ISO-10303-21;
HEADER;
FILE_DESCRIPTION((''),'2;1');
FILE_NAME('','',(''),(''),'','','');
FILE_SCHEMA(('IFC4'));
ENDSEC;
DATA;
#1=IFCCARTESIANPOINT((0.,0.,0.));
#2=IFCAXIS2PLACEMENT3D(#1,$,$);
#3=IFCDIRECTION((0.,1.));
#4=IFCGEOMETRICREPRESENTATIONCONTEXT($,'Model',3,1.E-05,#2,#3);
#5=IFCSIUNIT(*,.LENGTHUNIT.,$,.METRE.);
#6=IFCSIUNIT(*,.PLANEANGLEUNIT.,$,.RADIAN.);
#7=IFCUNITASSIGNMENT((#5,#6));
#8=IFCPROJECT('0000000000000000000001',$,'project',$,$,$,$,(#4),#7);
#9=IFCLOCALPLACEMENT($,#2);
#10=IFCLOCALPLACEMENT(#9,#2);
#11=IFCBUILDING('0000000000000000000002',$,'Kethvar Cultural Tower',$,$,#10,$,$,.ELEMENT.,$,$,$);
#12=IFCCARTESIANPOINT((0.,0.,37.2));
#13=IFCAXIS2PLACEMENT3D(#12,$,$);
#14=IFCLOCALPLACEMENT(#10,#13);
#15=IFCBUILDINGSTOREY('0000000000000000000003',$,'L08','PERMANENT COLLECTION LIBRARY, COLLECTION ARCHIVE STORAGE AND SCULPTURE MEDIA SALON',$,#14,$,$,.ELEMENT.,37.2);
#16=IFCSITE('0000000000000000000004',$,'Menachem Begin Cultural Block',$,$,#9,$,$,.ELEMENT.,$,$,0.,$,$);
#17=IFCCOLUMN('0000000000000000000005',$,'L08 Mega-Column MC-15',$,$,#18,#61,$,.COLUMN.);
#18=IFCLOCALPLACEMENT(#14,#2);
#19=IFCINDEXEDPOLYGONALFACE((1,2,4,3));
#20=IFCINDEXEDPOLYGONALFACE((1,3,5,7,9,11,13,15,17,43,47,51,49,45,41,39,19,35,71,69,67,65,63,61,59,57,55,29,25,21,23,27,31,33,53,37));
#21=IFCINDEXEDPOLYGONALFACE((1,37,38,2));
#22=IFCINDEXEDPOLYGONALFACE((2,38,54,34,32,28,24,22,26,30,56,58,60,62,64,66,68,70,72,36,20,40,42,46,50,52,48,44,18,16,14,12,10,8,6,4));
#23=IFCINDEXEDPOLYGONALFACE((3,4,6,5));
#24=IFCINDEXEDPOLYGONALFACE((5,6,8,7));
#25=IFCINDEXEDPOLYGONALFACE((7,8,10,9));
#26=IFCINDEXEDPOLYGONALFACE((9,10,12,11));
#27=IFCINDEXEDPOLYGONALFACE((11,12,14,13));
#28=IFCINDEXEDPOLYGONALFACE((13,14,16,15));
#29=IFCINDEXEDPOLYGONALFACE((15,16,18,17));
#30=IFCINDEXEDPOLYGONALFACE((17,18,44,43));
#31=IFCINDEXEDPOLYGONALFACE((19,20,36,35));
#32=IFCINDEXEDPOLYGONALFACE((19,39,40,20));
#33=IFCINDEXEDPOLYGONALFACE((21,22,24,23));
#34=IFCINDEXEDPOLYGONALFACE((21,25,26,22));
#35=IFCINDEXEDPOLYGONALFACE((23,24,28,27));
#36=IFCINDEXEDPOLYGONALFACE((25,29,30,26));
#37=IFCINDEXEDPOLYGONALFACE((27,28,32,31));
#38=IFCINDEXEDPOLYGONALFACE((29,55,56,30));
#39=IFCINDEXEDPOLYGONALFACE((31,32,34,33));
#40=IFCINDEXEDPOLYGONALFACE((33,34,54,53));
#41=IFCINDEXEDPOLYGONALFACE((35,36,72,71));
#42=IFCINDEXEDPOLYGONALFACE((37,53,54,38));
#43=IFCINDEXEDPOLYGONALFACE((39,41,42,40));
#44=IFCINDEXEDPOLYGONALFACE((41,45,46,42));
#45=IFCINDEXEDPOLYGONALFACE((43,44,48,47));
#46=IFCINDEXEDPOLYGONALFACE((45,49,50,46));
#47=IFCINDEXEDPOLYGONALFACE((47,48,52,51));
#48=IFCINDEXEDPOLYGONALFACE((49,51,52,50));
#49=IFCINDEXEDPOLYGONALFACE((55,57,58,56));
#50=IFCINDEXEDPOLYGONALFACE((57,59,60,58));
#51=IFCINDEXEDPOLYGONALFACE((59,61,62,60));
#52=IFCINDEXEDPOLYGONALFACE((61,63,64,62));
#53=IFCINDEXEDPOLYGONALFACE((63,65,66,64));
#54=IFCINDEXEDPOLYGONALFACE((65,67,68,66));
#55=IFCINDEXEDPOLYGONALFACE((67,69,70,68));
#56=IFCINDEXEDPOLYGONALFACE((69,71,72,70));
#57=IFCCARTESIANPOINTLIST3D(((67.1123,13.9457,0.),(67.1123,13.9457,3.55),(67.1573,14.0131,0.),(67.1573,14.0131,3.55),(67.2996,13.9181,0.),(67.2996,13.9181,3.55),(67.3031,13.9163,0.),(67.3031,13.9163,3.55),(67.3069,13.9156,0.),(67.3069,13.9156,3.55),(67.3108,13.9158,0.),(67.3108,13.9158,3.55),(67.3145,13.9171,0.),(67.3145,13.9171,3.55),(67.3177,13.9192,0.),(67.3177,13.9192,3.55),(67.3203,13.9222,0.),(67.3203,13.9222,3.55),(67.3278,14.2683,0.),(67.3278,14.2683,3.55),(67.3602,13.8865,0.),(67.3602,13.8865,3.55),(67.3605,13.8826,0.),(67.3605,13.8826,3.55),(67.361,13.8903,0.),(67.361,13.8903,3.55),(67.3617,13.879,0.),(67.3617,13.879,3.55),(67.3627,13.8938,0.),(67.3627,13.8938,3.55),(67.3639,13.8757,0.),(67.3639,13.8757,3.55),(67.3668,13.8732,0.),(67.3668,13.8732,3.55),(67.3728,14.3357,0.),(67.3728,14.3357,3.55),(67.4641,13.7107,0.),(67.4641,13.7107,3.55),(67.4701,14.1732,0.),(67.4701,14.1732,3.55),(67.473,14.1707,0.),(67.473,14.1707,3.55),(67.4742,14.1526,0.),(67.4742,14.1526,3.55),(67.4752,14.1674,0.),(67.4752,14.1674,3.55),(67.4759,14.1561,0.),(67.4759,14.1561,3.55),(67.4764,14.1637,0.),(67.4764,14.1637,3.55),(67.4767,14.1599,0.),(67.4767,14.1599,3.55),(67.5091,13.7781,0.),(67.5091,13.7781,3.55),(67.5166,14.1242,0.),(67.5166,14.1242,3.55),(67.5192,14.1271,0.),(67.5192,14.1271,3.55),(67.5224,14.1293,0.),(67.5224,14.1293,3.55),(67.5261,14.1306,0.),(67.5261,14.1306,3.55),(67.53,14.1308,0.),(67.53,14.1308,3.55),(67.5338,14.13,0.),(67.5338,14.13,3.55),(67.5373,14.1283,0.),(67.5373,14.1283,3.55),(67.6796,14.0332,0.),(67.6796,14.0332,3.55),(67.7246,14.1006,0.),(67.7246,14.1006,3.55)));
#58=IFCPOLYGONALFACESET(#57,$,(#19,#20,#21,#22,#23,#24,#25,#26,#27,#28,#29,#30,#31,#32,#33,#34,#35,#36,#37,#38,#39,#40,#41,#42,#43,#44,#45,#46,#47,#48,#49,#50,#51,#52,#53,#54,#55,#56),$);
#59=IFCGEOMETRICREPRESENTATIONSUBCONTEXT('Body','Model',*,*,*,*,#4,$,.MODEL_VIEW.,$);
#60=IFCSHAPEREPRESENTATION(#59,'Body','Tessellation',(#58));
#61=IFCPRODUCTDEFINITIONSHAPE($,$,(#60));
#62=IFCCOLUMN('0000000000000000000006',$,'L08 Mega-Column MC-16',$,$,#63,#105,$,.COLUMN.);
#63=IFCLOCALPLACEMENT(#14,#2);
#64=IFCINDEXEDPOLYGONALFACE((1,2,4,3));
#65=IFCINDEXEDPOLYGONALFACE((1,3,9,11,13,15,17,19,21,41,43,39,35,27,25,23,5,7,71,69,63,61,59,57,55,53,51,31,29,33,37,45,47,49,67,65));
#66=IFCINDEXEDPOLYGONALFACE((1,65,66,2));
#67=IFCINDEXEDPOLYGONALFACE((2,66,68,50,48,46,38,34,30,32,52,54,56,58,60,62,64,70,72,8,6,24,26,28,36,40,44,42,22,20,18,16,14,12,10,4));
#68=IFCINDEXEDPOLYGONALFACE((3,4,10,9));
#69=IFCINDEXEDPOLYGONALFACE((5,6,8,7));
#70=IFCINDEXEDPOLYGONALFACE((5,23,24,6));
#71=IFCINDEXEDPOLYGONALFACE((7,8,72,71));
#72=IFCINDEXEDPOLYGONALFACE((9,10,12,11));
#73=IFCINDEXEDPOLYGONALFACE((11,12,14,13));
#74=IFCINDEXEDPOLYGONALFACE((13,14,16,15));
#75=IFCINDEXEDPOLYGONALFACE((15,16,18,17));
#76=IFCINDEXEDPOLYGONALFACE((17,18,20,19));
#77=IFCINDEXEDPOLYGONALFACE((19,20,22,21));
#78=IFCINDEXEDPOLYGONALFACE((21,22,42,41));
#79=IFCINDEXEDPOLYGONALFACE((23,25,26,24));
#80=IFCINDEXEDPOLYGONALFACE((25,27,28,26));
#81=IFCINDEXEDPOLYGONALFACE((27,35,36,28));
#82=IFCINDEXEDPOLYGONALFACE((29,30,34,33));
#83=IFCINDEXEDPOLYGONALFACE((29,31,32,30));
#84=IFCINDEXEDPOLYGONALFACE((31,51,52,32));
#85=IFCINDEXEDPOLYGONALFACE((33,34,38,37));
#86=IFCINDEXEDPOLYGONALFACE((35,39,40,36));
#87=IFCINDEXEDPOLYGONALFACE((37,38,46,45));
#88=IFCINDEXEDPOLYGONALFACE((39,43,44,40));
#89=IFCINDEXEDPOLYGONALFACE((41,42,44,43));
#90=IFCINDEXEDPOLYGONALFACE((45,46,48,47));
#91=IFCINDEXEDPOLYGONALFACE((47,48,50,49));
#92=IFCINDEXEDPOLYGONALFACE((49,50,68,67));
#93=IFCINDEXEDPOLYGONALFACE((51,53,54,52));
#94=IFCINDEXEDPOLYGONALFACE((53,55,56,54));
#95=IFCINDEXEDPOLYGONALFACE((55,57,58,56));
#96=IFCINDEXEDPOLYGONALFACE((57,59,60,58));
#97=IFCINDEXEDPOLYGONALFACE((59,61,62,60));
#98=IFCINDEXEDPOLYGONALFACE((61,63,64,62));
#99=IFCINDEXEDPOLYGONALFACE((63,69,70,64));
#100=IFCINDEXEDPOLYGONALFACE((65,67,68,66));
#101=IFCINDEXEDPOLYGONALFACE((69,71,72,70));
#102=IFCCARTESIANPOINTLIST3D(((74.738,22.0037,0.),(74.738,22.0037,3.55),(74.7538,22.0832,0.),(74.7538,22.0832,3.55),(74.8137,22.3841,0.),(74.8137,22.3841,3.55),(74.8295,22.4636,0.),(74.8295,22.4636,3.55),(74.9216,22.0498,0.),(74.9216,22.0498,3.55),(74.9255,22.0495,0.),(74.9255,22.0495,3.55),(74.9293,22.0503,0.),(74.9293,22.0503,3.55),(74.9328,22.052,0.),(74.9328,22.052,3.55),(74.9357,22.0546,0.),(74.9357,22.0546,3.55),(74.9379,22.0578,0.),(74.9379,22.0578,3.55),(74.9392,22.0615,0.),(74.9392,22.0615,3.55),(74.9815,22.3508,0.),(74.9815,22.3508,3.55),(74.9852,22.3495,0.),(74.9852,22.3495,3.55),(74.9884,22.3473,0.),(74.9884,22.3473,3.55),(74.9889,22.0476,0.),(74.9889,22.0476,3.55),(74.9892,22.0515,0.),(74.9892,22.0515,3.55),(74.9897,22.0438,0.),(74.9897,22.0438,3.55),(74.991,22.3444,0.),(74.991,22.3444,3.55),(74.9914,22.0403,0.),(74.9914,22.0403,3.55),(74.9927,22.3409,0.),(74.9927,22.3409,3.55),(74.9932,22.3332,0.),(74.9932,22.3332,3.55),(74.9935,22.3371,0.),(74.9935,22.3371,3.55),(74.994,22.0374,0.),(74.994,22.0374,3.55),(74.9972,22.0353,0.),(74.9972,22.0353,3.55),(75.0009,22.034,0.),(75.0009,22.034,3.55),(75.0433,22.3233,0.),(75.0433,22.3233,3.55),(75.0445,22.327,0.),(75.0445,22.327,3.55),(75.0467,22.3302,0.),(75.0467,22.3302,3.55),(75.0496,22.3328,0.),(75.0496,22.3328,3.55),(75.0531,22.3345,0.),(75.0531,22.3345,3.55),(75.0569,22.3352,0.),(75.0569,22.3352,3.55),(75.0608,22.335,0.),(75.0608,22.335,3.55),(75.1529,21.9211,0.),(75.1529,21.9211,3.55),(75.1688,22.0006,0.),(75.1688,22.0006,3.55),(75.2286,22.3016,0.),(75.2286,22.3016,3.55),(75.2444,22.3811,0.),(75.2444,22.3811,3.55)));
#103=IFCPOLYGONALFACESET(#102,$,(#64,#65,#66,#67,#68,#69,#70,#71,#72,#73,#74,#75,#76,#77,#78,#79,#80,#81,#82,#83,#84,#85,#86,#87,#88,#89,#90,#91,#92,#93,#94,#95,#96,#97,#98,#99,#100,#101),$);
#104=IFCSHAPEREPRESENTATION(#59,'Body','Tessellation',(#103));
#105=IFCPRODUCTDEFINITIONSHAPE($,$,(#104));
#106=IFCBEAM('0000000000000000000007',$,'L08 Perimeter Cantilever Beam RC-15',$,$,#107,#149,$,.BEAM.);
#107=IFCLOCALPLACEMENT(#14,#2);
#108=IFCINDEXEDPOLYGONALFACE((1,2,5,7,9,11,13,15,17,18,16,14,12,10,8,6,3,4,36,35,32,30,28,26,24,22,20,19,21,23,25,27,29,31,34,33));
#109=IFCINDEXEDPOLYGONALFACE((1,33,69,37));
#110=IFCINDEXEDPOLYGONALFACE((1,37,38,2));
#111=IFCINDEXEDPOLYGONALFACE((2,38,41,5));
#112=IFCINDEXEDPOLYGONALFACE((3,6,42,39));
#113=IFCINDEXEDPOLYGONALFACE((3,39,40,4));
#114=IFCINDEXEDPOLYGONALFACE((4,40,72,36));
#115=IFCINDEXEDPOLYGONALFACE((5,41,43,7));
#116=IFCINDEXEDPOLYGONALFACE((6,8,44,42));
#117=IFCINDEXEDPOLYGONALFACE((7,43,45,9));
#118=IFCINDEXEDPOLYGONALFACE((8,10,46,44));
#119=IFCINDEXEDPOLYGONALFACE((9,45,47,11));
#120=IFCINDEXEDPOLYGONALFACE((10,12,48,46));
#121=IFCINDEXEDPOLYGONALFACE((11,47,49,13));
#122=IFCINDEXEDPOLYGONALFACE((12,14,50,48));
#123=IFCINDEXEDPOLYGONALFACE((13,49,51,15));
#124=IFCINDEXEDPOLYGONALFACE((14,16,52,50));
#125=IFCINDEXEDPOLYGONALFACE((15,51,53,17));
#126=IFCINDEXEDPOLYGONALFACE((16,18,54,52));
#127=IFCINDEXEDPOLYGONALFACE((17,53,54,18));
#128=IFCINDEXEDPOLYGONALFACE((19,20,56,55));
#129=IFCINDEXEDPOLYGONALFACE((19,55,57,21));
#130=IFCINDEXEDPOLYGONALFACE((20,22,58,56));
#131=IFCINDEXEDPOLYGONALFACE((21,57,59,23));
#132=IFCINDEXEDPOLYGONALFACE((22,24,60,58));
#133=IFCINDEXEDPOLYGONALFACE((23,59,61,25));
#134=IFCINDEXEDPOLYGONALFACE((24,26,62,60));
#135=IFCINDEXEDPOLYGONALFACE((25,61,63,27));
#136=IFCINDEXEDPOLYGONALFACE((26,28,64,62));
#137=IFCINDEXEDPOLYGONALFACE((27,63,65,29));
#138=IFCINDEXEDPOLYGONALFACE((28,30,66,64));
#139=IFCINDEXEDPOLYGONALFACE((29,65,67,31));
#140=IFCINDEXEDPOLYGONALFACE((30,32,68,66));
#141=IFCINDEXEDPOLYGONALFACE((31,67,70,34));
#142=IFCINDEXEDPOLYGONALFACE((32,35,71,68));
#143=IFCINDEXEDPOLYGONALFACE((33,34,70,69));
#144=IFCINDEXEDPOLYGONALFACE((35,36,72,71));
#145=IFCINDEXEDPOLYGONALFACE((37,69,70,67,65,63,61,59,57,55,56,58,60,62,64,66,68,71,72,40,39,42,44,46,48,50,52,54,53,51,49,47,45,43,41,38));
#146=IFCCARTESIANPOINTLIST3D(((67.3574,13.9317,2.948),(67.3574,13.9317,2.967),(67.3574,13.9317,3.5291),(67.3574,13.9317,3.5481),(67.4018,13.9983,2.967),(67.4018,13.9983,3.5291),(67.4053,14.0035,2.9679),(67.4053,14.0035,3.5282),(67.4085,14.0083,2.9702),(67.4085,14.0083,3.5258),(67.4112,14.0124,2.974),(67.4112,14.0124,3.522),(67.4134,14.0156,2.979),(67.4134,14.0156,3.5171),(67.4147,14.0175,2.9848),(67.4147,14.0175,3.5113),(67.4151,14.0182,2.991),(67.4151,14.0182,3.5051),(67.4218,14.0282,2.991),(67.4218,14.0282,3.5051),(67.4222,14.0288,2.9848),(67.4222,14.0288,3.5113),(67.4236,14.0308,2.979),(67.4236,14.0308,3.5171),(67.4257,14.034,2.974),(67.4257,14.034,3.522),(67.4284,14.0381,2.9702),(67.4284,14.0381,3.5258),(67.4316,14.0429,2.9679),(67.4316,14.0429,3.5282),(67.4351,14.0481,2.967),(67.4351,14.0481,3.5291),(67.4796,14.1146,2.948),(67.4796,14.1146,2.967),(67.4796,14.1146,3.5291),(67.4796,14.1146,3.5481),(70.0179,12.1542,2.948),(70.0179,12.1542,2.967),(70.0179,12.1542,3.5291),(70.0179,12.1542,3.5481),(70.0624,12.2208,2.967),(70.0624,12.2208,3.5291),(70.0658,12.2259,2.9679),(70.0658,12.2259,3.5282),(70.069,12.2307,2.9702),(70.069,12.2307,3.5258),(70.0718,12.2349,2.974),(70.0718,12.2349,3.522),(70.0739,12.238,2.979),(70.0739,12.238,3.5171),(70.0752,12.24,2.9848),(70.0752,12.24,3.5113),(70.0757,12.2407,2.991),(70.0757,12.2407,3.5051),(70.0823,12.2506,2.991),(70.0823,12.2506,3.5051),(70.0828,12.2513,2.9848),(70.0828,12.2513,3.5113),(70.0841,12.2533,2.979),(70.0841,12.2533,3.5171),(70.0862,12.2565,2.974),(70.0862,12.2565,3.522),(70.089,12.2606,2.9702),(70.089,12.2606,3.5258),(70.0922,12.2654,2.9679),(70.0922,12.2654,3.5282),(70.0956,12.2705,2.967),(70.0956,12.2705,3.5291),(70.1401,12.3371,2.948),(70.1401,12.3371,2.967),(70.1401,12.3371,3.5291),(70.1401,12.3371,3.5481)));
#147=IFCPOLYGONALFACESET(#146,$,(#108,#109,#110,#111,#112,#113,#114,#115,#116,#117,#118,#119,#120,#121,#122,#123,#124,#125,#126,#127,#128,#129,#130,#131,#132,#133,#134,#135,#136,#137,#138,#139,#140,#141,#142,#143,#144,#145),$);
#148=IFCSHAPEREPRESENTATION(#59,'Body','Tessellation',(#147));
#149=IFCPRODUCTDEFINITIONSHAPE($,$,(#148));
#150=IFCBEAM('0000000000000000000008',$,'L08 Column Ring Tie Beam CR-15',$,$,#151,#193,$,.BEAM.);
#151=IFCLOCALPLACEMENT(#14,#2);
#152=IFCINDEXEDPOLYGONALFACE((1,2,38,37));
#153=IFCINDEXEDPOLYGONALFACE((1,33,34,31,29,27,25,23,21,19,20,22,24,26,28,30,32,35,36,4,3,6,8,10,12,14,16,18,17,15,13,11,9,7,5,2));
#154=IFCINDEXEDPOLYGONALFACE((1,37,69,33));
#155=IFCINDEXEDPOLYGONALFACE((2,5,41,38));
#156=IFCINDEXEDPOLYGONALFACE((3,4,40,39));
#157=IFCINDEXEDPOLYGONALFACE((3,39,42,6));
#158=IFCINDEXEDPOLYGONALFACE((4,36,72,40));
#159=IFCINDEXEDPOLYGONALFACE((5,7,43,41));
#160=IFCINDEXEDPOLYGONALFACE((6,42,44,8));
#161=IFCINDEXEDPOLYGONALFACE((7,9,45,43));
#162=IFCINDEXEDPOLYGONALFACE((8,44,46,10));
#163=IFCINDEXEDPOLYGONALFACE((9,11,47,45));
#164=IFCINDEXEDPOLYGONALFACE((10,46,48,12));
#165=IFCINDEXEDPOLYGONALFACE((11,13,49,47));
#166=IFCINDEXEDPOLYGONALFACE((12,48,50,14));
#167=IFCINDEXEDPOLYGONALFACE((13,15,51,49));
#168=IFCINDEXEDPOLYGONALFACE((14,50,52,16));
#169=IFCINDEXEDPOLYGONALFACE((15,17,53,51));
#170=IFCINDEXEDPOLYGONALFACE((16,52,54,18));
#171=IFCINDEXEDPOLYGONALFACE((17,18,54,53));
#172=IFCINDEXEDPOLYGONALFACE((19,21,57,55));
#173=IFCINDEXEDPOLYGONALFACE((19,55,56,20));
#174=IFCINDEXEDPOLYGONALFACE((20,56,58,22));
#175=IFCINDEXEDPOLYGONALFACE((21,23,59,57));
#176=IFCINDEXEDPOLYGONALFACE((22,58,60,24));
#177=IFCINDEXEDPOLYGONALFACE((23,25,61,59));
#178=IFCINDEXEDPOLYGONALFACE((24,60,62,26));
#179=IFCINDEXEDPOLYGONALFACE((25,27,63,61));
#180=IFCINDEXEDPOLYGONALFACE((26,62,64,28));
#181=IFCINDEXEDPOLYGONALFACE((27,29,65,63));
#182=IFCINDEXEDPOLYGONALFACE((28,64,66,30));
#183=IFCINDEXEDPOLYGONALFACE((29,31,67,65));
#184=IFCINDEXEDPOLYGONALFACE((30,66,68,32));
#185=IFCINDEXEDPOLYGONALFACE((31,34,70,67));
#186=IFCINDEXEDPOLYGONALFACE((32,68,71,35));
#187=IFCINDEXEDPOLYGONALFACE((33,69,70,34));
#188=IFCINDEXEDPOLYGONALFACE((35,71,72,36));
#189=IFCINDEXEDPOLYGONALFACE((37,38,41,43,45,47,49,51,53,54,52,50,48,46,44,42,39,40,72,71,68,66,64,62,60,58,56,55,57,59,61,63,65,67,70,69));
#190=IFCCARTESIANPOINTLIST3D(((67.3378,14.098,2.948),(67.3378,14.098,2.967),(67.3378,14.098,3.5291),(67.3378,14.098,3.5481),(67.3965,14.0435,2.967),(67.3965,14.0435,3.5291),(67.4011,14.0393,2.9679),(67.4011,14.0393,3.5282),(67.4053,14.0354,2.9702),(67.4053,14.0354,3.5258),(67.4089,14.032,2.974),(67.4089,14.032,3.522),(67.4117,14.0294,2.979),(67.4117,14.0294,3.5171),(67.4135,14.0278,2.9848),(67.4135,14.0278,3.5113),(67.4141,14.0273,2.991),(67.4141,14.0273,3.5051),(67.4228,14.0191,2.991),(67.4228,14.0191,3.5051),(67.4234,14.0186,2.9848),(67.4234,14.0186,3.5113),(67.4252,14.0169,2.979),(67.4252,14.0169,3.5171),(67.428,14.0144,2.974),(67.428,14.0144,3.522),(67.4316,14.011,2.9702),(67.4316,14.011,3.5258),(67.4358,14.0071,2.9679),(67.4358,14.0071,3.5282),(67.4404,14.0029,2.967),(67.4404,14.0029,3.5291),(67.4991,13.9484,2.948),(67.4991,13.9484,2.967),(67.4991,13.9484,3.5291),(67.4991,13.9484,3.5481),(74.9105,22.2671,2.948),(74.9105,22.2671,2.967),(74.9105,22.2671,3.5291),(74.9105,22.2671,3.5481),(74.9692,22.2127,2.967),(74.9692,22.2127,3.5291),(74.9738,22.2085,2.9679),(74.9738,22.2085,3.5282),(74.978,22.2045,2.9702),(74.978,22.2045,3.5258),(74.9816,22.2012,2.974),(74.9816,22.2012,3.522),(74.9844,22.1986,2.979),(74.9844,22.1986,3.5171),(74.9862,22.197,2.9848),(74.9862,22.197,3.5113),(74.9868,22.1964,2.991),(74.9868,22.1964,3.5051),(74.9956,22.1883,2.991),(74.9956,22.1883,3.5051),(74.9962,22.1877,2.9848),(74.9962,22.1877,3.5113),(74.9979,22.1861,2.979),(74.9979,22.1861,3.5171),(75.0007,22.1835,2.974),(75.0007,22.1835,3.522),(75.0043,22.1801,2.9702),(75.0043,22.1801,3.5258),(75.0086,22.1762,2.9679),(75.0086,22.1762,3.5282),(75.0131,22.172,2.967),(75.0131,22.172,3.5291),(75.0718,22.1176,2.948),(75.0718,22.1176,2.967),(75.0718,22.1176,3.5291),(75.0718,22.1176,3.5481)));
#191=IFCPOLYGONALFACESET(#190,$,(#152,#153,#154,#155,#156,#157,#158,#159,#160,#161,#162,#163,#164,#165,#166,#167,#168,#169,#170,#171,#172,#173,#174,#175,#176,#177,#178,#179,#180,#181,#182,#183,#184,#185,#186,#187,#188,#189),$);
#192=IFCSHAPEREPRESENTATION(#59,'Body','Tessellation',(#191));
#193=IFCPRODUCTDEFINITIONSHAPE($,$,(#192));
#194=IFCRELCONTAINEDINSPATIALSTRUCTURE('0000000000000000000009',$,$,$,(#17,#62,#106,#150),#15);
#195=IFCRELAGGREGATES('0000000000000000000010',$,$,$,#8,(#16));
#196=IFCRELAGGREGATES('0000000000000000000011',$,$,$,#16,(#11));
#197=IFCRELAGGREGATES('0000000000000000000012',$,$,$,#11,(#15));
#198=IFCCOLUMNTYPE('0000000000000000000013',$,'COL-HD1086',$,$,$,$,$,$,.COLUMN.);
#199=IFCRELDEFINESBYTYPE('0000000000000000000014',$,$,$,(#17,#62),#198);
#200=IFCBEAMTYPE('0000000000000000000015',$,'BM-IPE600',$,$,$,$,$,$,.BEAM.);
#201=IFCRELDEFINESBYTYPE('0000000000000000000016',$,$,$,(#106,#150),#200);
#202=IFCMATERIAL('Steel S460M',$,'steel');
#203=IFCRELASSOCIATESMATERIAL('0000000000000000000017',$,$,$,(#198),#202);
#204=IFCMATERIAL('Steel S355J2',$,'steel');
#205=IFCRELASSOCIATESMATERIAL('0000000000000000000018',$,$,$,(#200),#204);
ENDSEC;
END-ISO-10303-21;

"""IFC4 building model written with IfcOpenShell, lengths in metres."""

from ifc_helpers import new_model, si_unit, direction, frame, origin, origin_2d, place, context, subcontext, project, spatial, i_section, extrude, source, transform, mapped, material, material_profile, profile_set, type_object, element, save


model = new_model("IFC4")

# Units and contexts
model_context = context("Model", 3, precision=1e-05, world=origin(), true_north=direction((0.0, 1.0)))
body_context = subcontext(model_context, "Body", "Model", "MODEL_VIEW")
ifc_project = project(units=[si_unit("LENGTHUNIT", "METRE"), si_unit("PLANEANGLEUNIT", "RADIAN")], contexts=[model_context])

# Site, building, storey
site_placement = place(None, origin())
site = spatial("IfcSite", under=ifc_project, at=site_placement, Name="Menachem Begin Cultural Block", CompositionType="ELEMENT", RefElevation=0.0)
building_placement = place(site_placement, origin())
building = spatial("IfcBuilding", under=site, at=building_placement, Name="Kethvar Cultural Tower", CompositionType="ELEMENT")
storey_placement = place(building_placement, frame((0.0, 0.0, 37.2)))
storey = spatial("IfcBuildingStorey", under=building, at=storey_placement, Name="L08", Description="PERMANENT COLLECTION LIBRARY, COLLECTION ARCHIVE STORAGE AND SCULPTURE MEDIA SALON", CompositionType="ELEMENT", Elevation=37.2)

# Columns
ifc_material_1 = material(Name="Steel S460M", Category="steel")
ifc_material_profile_1 = material_profile(ifc_material_1, i_section(OverallWidth=0.4231, OverallDepth=0.469, WebThickness=0.051, FlangeThickness=0.0811, FilletRadius=0.0149, at=origin_2d()), Name="Steel S460M — HD400x1086")
ifc_profile_set_1 = profile_set([ifc_material_profile_1], Name="Steel S460M — HD400x1086")
column_type = type_object("IfcColumnType", Name="COL-HD1086", PredefinedType="COLUMN", material=ifc_profile_set_1)
shared_shape_1 = source(origin(), body_context, "Body", "SweptSolid", [
    extrude(i_section(OverallWidth=0.4231, OverallDepth=0.469, WebThickness=0.051, FlangeThickness=0.0811, FilletRadius=0.0149, at=origin_2d()), origin(), (0.0, 0.0, 1.0), 3.55),
])
for number, where, z_axis, x_axis, name in (
    (1, (67.4185, 14.0232, 0.0), (0.0, 0.0, 1.0), (0.83147, -0.55557, 0.0), "L08 Mega-Column MC-15"),
    (2, (74.9912, 22.1924, 0.0), (0.0, 0.0, 1.0), (0.980785, -0.19509, 0.0), "L08 Mega-Column MC-16"),
):
    element("IfcColumn", number, at=place(storey_placement, frame(where, z_axis=z_axis, x_axis=x_axis)), inside=storey, type_object=column_type, Name=name, PredefinedType="COLUMN", context=body_context, shape_type="MappedRepresentation", body=[
        mapped(shared_shape_1, transform((0.0, 0.0, 0.0), scale=1.0)),
    ])

# Beams
ifc_material_2 = material(Name="Steel S355J2", Category="steel")
ifc_material_profile_2 = material_profile(ifc_material_2, i_section(OverallWidth=0.22, OverallDepth=0.6001, WebThickness=0.012, FlangeThickness=0.019, FilletRadius=0.0239, at=origin_2d()), Name="Steel S355J2 — IPE600")
ifc_profile_set_2 = profile_set([ifc_material_profile_2], Name="Steel S355J2 — IPE600")
beam_type_1 = type_object("IfcBeamType", Name="BM-IPE600", PredefinedType="BEAM", material=ifc_profile_set_2)
shared_shape_2 = source(origin(), body_context, "Body", "SweptSolid", [
    extrude(i_section(OverallWidth=0.22, OverallDepth=0.6001, WebThickness=0.012, FlangeThickness=0.019, FilletRadius=0.0239, at=origin_2d()), origin(), (0.0, 0.0, 1.0), 3.1997),
])
beam_1_placement = place(storey_placement, frame((67.4185, 14.0232, 3.248), z_axis=(0.831498, -0.555527, 0.0), x_axis=(0.555527, 0.831498, 0.0)))
element("IfcBeam", 3, at=beam_1_placement, inside=storey, type_object=beam_type_1, Name="L08 Perimeter Cantilever Beam RC-15", PredefinedType="BEAM", context=body_context, shape_type="MappedRepresentation", body=[
    mapped(shared_shape_2, transform((0.0, 0.0, 0.0), scale=1.0)),
])
shared_shape_3 = source(origin(), body_context, "Body", "SweptSolid", [
    extrude(i_section(OverallWidth=0.22, OverallDepth=0.6001, WebThickness=0.012, FlangeThickness=0.019, FilletRadius=0.0239, at=origin_2d()), origin(), (0.0, 0.0, 1.0), 11.1392),
])
beam_2_placement = place(storey_placement, frame((67.4185, 14.0232, 3.248), z_axis=(0.679828, 0.733372, 0.0), x_axis=(-0.733372, 0.679828, 0.0)))
element("IfcBeam", 4, at=beam_2_placement, inside=storey, type_object=beam_type_1, Name="L08 Column Ring Tie Beam CR-15", PredefinedType="BEAM", context=body_context, shape_type="MappedRepresentation", body=[
    mapped(shared_shape_3, transform((0.0, 0.0, 0.0), scale=1.0)),
])

save(model, "model.ifc")
